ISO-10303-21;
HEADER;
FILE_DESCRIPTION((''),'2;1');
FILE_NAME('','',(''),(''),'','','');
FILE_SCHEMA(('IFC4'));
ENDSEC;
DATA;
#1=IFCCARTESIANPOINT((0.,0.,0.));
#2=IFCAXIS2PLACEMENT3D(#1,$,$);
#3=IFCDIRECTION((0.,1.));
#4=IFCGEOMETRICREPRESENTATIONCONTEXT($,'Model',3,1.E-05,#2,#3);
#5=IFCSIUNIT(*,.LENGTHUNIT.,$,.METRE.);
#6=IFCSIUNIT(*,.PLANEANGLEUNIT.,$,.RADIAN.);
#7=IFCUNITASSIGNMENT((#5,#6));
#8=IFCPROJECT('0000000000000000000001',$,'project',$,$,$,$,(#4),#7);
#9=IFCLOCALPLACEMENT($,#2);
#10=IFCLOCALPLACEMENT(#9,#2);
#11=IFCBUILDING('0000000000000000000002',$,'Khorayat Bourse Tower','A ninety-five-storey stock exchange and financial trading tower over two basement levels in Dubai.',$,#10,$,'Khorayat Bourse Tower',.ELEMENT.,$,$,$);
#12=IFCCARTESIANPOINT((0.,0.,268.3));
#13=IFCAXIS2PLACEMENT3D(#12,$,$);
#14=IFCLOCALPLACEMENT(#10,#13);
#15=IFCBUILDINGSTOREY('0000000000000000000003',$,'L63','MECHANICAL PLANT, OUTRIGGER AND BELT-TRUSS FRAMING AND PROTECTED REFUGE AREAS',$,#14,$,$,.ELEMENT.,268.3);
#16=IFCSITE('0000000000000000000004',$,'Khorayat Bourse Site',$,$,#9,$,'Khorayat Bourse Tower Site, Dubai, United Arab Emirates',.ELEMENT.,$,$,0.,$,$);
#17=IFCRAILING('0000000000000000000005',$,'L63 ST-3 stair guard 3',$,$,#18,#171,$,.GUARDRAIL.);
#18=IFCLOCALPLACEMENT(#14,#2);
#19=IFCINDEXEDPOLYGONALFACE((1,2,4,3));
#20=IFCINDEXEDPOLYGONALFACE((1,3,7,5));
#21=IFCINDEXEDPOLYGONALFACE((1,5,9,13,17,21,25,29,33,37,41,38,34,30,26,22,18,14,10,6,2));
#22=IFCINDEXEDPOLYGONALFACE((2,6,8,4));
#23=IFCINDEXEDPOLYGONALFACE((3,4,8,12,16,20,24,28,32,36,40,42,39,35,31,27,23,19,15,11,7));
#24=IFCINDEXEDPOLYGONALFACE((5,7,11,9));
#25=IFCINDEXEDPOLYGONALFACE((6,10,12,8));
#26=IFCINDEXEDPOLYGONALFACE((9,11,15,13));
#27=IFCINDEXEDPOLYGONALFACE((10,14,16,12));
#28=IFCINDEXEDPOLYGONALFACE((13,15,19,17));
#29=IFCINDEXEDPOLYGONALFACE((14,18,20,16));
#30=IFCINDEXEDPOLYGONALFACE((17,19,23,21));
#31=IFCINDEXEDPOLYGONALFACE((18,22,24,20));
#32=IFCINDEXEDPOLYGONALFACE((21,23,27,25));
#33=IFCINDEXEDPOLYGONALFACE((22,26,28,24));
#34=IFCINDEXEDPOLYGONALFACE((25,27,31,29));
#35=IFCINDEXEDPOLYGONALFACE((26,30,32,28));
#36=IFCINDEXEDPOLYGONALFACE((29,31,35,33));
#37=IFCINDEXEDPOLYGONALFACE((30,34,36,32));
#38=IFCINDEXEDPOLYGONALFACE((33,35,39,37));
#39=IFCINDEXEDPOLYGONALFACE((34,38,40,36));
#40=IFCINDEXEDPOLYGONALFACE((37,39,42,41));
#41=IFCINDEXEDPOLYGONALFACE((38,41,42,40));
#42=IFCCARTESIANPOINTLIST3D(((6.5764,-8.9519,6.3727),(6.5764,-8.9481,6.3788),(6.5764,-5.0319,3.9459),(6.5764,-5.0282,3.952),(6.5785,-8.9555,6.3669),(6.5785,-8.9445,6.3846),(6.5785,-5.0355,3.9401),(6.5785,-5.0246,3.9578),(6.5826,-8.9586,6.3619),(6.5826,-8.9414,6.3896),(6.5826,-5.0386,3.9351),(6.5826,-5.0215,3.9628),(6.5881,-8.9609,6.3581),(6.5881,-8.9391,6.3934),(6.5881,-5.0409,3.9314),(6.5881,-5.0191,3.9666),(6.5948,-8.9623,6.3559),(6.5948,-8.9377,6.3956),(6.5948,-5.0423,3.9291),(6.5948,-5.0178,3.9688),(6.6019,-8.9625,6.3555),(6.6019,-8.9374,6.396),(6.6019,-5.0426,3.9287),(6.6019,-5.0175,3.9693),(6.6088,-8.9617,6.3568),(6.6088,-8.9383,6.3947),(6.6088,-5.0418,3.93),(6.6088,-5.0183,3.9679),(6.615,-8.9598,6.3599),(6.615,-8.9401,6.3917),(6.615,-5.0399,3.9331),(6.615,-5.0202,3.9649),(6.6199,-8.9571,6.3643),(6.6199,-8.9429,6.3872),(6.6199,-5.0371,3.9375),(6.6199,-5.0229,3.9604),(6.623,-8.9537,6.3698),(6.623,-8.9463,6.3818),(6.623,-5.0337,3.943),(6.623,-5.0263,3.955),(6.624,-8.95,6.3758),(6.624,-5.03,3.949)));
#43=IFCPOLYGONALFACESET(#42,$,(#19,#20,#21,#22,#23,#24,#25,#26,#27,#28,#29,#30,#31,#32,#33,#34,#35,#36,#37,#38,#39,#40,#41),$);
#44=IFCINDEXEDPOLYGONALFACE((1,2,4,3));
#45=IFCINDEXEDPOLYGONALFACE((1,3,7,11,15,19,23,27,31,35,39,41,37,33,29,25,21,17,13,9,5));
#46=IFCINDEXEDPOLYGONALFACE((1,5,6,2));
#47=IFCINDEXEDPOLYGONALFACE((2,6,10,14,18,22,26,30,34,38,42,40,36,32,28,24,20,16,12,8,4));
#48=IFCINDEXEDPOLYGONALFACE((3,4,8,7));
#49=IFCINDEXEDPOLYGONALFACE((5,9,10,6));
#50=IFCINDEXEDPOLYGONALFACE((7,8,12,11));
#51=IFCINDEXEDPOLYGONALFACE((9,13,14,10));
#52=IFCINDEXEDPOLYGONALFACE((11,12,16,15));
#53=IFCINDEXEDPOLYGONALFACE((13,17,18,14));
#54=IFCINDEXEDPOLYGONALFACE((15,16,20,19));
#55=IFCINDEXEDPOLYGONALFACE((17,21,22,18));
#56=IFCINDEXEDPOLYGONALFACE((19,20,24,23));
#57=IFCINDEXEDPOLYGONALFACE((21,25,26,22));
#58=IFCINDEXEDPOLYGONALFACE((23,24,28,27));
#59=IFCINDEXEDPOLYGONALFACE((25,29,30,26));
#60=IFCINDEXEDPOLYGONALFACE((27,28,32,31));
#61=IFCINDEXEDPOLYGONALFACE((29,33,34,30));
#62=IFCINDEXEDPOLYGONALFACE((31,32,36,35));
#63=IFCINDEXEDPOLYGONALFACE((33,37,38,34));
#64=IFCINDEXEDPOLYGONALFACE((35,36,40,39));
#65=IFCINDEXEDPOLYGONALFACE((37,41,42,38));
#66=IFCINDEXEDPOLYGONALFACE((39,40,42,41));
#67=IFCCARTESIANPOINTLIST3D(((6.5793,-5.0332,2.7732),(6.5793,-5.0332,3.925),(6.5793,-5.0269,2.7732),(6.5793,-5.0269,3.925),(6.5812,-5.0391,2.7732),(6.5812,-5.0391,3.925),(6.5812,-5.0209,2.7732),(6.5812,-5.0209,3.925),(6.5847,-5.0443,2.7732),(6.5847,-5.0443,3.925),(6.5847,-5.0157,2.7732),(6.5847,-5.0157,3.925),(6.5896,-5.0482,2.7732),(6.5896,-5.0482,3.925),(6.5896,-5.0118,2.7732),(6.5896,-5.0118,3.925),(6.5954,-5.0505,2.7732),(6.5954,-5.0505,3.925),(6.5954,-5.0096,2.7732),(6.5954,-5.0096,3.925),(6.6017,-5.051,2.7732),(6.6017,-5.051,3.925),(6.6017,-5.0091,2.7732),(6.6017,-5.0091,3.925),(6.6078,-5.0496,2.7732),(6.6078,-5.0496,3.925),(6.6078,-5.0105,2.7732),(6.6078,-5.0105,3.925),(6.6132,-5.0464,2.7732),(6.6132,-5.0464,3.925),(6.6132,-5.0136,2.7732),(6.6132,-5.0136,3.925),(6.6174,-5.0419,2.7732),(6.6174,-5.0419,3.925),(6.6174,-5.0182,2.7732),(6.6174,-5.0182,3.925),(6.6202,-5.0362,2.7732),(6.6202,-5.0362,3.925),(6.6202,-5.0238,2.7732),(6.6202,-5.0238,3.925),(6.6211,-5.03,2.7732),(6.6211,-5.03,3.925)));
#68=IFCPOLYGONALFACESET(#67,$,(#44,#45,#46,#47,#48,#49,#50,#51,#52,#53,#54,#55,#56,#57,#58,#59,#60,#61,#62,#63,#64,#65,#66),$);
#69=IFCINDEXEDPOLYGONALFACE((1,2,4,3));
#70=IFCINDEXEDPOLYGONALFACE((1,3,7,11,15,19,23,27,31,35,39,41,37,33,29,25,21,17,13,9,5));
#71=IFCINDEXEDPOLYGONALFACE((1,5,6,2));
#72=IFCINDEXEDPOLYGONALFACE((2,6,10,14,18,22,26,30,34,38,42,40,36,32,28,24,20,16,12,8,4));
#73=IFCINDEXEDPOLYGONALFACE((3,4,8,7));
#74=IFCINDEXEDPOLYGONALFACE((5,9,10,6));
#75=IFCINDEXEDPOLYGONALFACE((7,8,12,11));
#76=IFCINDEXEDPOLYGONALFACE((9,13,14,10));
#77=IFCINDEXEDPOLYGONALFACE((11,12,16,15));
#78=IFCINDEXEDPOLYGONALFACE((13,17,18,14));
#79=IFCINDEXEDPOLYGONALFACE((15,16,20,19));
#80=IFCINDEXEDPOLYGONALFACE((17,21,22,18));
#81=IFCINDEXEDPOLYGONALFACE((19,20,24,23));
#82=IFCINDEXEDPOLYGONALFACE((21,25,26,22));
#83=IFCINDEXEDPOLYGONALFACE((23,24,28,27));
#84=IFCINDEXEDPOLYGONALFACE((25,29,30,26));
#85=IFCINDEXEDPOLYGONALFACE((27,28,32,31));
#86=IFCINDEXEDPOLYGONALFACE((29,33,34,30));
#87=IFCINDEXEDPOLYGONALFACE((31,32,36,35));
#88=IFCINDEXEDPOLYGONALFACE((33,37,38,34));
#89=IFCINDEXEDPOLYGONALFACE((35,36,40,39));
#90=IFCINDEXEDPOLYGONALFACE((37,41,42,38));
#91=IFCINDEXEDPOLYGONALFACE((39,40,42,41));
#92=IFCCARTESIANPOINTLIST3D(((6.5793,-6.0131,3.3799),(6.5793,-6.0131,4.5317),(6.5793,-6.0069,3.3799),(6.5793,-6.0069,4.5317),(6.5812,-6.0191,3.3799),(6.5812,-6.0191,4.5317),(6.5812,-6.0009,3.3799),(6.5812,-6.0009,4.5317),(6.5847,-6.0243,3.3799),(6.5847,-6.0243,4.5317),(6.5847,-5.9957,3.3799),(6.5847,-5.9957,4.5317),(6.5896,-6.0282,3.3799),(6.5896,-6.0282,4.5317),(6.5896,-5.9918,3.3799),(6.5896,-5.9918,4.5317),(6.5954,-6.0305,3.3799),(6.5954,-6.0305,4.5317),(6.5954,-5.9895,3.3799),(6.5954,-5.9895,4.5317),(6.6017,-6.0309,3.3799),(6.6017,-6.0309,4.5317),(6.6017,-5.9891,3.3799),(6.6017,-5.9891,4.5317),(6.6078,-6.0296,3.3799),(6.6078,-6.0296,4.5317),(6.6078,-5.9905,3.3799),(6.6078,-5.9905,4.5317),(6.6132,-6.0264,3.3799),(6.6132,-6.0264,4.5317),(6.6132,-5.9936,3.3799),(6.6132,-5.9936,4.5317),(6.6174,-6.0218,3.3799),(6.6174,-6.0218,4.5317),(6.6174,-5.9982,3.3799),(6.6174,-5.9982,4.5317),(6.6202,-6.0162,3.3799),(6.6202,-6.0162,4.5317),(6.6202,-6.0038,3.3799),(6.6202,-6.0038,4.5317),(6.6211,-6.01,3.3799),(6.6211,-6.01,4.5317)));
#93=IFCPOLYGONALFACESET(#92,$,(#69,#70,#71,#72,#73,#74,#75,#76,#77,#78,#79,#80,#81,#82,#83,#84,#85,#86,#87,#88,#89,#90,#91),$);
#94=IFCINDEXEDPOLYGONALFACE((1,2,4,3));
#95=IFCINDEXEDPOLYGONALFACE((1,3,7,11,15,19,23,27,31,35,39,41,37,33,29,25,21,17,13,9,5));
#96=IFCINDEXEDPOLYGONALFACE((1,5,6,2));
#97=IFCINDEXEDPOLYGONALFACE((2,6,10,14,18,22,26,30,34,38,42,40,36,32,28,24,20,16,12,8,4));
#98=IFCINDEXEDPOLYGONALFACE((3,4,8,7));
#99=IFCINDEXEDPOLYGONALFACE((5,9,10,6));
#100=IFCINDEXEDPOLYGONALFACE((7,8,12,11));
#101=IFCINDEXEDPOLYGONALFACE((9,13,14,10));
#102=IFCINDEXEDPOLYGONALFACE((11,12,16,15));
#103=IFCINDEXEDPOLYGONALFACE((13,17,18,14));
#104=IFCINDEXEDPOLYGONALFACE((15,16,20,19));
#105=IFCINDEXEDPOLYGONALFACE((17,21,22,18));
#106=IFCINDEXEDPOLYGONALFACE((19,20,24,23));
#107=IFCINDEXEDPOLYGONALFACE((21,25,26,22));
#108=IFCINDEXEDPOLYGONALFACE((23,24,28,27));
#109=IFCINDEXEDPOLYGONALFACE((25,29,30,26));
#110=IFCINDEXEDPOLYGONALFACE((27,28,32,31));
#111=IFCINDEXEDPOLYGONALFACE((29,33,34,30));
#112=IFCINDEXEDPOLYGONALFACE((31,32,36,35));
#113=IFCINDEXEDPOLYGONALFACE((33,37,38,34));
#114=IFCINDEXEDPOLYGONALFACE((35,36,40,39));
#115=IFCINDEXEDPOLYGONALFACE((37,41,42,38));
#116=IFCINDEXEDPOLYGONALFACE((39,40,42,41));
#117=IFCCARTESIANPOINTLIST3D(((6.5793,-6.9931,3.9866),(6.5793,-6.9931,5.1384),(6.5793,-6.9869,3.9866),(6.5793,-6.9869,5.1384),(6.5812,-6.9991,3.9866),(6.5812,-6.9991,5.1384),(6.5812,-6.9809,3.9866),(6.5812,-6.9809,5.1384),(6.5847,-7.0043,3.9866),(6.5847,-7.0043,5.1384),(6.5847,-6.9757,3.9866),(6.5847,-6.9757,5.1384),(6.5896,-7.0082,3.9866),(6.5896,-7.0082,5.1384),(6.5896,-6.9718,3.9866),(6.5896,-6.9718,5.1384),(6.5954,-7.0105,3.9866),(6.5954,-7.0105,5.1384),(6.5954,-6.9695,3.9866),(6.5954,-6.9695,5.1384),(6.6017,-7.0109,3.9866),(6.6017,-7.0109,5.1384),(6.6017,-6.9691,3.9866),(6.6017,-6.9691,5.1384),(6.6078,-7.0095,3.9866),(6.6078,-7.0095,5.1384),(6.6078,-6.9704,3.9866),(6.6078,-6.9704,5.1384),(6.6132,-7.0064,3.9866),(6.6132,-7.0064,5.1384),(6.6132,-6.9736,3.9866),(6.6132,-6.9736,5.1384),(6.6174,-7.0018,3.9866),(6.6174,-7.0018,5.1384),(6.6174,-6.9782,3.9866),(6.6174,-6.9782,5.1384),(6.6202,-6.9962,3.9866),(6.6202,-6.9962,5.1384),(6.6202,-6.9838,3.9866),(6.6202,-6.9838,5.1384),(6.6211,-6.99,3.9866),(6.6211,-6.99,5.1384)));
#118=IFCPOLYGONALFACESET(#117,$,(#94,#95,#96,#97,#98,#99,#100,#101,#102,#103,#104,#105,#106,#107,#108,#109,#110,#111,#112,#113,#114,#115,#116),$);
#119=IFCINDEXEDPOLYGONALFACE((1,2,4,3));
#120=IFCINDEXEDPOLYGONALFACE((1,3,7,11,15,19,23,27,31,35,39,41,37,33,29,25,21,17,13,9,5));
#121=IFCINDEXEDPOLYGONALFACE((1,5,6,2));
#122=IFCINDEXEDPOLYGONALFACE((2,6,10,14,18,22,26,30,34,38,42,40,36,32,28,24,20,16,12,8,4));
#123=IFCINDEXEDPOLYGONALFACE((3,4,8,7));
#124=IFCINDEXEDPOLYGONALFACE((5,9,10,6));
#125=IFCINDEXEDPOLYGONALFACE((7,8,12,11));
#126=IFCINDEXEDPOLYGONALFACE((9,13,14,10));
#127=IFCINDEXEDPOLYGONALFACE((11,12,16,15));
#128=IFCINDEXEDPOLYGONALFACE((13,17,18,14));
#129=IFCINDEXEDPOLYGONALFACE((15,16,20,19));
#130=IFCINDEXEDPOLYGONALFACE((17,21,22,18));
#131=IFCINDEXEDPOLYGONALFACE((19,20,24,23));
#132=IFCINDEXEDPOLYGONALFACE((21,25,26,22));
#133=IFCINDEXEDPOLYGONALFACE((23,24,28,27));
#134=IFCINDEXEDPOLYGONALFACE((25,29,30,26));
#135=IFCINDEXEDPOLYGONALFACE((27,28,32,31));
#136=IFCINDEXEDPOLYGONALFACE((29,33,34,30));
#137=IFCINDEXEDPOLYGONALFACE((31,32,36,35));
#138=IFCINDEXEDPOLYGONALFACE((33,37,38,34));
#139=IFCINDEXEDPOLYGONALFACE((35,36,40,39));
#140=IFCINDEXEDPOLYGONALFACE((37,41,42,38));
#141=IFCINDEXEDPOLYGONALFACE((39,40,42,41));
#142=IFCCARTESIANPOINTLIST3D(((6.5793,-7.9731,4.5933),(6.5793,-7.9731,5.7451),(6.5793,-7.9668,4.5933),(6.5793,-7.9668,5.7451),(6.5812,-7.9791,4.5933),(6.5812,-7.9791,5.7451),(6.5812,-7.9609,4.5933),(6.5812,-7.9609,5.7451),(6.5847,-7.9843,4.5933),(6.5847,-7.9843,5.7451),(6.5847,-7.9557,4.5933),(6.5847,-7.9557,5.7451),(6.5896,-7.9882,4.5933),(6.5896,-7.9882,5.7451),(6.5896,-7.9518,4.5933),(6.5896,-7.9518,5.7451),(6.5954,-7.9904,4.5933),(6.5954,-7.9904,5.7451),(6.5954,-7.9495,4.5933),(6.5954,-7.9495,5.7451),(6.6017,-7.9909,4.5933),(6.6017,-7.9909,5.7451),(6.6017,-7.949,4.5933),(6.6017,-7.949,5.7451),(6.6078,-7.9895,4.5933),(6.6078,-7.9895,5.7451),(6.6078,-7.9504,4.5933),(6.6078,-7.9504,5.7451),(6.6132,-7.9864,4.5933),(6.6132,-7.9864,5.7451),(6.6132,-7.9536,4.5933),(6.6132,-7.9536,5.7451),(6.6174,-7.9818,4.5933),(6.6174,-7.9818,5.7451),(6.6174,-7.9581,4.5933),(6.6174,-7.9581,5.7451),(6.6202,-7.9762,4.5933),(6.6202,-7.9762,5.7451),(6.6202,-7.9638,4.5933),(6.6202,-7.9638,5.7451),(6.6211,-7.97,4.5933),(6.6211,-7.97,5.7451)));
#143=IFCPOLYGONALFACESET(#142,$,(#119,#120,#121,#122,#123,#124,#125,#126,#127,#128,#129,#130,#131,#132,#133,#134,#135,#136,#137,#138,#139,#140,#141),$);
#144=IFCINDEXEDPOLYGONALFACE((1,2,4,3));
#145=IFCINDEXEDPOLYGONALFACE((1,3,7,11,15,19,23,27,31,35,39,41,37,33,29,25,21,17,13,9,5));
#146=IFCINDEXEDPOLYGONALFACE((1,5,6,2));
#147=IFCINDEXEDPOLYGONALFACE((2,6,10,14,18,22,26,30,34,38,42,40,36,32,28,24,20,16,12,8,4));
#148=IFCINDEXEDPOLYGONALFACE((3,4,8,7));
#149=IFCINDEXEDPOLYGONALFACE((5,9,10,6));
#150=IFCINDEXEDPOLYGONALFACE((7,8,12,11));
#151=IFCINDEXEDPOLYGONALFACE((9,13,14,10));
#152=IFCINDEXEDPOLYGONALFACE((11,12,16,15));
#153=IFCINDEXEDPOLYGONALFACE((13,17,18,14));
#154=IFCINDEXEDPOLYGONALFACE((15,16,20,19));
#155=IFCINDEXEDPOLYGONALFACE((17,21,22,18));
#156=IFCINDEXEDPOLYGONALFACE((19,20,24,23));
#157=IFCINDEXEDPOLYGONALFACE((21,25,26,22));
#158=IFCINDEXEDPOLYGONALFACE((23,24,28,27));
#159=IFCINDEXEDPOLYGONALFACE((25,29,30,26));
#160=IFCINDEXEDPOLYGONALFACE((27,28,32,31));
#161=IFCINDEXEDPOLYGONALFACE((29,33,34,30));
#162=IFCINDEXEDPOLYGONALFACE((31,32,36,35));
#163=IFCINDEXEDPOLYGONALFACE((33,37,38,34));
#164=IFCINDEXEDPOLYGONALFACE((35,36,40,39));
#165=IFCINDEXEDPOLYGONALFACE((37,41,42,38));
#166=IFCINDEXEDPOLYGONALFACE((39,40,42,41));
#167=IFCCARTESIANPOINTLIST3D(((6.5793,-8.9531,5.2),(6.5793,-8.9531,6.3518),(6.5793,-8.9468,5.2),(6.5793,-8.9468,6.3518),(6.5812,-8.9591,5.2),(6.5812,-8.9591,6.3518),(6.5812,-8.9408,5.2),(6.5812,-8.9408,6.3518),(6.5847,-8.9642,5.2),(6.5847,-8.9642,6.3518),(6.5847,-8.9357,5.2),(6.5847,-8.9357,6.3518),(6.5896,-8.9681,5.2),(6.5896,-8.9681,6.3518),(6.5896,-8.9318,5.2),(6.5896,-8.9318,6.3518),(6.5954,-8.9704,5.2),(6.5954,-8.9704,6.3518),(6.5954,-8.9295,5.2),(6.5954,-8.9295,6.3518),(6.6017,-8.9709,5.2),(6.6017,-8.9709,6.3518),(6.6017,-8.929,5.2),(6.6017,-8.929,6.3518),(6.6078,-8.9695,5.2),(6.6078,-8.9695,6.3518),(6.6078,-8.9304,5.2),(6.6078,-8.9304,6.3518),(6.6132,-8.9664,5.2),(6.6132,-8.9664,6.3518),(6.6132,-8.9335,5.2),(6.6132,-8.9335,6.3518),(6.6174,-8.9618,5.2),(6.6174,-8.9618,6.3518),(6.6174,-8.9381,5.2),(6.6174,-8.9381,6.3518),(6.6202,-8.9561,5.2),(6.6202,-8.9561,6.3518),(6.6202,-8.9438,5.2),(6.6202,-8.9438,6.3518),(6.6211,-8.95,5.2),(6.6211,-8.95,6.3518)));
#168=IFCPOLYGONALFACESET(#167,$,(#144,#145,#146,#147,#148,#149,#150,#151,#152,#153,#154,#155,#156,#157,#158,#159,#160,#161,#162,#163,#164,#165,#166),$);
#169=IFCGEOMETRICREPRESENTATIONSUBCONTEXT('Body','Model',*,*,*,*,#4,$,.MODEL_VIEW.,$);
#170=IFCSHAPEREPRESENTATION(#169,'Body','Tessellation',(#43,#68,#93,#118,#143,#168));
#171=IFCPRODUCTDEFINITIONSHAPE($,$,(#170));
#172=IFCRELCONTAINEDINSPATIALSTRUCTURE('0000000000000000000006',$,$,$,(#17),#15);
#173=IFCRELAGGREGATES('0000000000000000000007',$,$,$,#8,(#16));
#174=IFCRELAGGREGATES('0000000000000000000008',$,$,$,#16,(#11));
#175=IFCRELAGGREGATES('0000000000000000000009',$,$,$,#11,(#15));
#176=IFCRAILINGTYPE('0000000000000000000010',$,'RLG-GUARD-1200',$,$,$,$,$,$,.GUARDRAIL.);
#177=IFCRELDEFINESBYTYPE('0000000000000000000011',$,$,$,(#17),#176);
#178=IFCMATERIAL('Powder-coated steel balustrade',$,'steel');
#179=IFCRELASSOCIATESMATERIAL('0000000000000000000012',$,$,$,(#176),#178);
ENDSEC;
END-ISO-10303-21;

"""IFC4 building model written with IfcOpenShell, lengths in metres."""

from ifc_helpers import new_model, si_unit, direction, frame, origin, origin_2d, place, context, subcontext, project, spatial, circle, extrude, source, transform, mapped, material, type_object, element, save


model = new_model("IFC4")

# Units and contexts
model_context = context("Model", 3, precision=1e-05, world=origin(), true_north=direction((0.0, 1.0)))
body_context = subcontext(model_context, "Body", "Model", "MODEL_VIEW")
ifc_project = project(units=[si_unit("LENGTHUNIT", "METRE"), si_unit("PLANEANGLEUNIT", "RADIAN")], contexts=[model_context])

# Site, building, storey
site_placement = place(None, origin())
site = spatial("IfcSite", under=ifc_project, at=site_placement, Name="Khorayat Bourse Site", LongName="Khorayat Bourse Tower Site, Dubai, United Arab Emirates", CompositionType="ELEMENT", RefElevation=0.0)
building_placement = place(site_placement, origin())
building = spatial("IfcBuilding", under=site, at=building_placement, Name="Khorayat Bourse Tower", Description="A ninety-five-storey stock exchange and financial trading tower over two basement levels in Dubai.", LongName="Khorayat Bourse Tower", CompositionType="ELEMENT")
storey_placement = place(building_placement, frame((0.0, 0.0, 268.3)))
storey = spatial("IfcBuildingStorey", under=building, at=storey_placement, Name="L63", Description="MECHANICAL PLANT, OUTRIGGER AND BELT-TRUSS FRAMING AND PROTECTED REFUGE AREAS", CompositionType="ELEMENT", Elevation=268.3)

# Railing
ifc_material_1 = material(Name="Powder-coated steel balustrade", Category="steel")
railing_type_1 = type_object("IfcRailingType", Name="RLG-GUARD-1200", PredefinedType="GUARDRAIL", material=ifc_material_1)
shared_shape_1 = source(origin(), body_context, "Body", "SweptSolid", [
    extrude(circle(Radius=0.0239, at=origin_2d()), frame((0.0, 0.0, 1.1758), z_axis=(0.0, -0.850252, 0.526376), x_axis=(1.0, 0.0, 0.0)), (0.0, 0.0, 1.0), 4.6104),
    extrude(circle(Radius=0.021, at=origin_2d()), origin(), (0.0, 0.0, 1.0), 1.1519),
    extrude(circle(Radius=0.021, at=origin_2d()), frame((0.0, -0.98, 0.6067)), (0.0, 0.0, 1.0), 1.1519),
    extrude(circle(Radius=0.021, at=origin_2d()), frame((0.0, -1.96, 1.2134)), (0.0, 0.0, 1.0), 1.1519),
    extrude(circle(Radius=0.021, at=origin_2d()), frame((0.0, -2.9399, 1.8201)), (0.0, 0.0, 1.0), 1.1519),
    extrude(circle(Radius=0.021, at=origin_2d()), frame((0.0, -3.9199, 2.4268)), (0.0, 0.0, 1.0), 1.1519),
])
railing_1_placement = place(storey_placement, frame((6.6001, -5.03, 2.7732)))
element("IfcRailing", 1, at=railing_1_placement, inside=storey, type_object=railing_type_1, Name="L63 ST-3 stair guard 3", PredefinedType="GUARDRAIL", context=body_context, shape_type="MappedRepresentation", body=[
    mapped(shared_shape_1, transform((0.0, 0.0, 0.0), scale=1.0)),
])

save(model, "model.ifc")
